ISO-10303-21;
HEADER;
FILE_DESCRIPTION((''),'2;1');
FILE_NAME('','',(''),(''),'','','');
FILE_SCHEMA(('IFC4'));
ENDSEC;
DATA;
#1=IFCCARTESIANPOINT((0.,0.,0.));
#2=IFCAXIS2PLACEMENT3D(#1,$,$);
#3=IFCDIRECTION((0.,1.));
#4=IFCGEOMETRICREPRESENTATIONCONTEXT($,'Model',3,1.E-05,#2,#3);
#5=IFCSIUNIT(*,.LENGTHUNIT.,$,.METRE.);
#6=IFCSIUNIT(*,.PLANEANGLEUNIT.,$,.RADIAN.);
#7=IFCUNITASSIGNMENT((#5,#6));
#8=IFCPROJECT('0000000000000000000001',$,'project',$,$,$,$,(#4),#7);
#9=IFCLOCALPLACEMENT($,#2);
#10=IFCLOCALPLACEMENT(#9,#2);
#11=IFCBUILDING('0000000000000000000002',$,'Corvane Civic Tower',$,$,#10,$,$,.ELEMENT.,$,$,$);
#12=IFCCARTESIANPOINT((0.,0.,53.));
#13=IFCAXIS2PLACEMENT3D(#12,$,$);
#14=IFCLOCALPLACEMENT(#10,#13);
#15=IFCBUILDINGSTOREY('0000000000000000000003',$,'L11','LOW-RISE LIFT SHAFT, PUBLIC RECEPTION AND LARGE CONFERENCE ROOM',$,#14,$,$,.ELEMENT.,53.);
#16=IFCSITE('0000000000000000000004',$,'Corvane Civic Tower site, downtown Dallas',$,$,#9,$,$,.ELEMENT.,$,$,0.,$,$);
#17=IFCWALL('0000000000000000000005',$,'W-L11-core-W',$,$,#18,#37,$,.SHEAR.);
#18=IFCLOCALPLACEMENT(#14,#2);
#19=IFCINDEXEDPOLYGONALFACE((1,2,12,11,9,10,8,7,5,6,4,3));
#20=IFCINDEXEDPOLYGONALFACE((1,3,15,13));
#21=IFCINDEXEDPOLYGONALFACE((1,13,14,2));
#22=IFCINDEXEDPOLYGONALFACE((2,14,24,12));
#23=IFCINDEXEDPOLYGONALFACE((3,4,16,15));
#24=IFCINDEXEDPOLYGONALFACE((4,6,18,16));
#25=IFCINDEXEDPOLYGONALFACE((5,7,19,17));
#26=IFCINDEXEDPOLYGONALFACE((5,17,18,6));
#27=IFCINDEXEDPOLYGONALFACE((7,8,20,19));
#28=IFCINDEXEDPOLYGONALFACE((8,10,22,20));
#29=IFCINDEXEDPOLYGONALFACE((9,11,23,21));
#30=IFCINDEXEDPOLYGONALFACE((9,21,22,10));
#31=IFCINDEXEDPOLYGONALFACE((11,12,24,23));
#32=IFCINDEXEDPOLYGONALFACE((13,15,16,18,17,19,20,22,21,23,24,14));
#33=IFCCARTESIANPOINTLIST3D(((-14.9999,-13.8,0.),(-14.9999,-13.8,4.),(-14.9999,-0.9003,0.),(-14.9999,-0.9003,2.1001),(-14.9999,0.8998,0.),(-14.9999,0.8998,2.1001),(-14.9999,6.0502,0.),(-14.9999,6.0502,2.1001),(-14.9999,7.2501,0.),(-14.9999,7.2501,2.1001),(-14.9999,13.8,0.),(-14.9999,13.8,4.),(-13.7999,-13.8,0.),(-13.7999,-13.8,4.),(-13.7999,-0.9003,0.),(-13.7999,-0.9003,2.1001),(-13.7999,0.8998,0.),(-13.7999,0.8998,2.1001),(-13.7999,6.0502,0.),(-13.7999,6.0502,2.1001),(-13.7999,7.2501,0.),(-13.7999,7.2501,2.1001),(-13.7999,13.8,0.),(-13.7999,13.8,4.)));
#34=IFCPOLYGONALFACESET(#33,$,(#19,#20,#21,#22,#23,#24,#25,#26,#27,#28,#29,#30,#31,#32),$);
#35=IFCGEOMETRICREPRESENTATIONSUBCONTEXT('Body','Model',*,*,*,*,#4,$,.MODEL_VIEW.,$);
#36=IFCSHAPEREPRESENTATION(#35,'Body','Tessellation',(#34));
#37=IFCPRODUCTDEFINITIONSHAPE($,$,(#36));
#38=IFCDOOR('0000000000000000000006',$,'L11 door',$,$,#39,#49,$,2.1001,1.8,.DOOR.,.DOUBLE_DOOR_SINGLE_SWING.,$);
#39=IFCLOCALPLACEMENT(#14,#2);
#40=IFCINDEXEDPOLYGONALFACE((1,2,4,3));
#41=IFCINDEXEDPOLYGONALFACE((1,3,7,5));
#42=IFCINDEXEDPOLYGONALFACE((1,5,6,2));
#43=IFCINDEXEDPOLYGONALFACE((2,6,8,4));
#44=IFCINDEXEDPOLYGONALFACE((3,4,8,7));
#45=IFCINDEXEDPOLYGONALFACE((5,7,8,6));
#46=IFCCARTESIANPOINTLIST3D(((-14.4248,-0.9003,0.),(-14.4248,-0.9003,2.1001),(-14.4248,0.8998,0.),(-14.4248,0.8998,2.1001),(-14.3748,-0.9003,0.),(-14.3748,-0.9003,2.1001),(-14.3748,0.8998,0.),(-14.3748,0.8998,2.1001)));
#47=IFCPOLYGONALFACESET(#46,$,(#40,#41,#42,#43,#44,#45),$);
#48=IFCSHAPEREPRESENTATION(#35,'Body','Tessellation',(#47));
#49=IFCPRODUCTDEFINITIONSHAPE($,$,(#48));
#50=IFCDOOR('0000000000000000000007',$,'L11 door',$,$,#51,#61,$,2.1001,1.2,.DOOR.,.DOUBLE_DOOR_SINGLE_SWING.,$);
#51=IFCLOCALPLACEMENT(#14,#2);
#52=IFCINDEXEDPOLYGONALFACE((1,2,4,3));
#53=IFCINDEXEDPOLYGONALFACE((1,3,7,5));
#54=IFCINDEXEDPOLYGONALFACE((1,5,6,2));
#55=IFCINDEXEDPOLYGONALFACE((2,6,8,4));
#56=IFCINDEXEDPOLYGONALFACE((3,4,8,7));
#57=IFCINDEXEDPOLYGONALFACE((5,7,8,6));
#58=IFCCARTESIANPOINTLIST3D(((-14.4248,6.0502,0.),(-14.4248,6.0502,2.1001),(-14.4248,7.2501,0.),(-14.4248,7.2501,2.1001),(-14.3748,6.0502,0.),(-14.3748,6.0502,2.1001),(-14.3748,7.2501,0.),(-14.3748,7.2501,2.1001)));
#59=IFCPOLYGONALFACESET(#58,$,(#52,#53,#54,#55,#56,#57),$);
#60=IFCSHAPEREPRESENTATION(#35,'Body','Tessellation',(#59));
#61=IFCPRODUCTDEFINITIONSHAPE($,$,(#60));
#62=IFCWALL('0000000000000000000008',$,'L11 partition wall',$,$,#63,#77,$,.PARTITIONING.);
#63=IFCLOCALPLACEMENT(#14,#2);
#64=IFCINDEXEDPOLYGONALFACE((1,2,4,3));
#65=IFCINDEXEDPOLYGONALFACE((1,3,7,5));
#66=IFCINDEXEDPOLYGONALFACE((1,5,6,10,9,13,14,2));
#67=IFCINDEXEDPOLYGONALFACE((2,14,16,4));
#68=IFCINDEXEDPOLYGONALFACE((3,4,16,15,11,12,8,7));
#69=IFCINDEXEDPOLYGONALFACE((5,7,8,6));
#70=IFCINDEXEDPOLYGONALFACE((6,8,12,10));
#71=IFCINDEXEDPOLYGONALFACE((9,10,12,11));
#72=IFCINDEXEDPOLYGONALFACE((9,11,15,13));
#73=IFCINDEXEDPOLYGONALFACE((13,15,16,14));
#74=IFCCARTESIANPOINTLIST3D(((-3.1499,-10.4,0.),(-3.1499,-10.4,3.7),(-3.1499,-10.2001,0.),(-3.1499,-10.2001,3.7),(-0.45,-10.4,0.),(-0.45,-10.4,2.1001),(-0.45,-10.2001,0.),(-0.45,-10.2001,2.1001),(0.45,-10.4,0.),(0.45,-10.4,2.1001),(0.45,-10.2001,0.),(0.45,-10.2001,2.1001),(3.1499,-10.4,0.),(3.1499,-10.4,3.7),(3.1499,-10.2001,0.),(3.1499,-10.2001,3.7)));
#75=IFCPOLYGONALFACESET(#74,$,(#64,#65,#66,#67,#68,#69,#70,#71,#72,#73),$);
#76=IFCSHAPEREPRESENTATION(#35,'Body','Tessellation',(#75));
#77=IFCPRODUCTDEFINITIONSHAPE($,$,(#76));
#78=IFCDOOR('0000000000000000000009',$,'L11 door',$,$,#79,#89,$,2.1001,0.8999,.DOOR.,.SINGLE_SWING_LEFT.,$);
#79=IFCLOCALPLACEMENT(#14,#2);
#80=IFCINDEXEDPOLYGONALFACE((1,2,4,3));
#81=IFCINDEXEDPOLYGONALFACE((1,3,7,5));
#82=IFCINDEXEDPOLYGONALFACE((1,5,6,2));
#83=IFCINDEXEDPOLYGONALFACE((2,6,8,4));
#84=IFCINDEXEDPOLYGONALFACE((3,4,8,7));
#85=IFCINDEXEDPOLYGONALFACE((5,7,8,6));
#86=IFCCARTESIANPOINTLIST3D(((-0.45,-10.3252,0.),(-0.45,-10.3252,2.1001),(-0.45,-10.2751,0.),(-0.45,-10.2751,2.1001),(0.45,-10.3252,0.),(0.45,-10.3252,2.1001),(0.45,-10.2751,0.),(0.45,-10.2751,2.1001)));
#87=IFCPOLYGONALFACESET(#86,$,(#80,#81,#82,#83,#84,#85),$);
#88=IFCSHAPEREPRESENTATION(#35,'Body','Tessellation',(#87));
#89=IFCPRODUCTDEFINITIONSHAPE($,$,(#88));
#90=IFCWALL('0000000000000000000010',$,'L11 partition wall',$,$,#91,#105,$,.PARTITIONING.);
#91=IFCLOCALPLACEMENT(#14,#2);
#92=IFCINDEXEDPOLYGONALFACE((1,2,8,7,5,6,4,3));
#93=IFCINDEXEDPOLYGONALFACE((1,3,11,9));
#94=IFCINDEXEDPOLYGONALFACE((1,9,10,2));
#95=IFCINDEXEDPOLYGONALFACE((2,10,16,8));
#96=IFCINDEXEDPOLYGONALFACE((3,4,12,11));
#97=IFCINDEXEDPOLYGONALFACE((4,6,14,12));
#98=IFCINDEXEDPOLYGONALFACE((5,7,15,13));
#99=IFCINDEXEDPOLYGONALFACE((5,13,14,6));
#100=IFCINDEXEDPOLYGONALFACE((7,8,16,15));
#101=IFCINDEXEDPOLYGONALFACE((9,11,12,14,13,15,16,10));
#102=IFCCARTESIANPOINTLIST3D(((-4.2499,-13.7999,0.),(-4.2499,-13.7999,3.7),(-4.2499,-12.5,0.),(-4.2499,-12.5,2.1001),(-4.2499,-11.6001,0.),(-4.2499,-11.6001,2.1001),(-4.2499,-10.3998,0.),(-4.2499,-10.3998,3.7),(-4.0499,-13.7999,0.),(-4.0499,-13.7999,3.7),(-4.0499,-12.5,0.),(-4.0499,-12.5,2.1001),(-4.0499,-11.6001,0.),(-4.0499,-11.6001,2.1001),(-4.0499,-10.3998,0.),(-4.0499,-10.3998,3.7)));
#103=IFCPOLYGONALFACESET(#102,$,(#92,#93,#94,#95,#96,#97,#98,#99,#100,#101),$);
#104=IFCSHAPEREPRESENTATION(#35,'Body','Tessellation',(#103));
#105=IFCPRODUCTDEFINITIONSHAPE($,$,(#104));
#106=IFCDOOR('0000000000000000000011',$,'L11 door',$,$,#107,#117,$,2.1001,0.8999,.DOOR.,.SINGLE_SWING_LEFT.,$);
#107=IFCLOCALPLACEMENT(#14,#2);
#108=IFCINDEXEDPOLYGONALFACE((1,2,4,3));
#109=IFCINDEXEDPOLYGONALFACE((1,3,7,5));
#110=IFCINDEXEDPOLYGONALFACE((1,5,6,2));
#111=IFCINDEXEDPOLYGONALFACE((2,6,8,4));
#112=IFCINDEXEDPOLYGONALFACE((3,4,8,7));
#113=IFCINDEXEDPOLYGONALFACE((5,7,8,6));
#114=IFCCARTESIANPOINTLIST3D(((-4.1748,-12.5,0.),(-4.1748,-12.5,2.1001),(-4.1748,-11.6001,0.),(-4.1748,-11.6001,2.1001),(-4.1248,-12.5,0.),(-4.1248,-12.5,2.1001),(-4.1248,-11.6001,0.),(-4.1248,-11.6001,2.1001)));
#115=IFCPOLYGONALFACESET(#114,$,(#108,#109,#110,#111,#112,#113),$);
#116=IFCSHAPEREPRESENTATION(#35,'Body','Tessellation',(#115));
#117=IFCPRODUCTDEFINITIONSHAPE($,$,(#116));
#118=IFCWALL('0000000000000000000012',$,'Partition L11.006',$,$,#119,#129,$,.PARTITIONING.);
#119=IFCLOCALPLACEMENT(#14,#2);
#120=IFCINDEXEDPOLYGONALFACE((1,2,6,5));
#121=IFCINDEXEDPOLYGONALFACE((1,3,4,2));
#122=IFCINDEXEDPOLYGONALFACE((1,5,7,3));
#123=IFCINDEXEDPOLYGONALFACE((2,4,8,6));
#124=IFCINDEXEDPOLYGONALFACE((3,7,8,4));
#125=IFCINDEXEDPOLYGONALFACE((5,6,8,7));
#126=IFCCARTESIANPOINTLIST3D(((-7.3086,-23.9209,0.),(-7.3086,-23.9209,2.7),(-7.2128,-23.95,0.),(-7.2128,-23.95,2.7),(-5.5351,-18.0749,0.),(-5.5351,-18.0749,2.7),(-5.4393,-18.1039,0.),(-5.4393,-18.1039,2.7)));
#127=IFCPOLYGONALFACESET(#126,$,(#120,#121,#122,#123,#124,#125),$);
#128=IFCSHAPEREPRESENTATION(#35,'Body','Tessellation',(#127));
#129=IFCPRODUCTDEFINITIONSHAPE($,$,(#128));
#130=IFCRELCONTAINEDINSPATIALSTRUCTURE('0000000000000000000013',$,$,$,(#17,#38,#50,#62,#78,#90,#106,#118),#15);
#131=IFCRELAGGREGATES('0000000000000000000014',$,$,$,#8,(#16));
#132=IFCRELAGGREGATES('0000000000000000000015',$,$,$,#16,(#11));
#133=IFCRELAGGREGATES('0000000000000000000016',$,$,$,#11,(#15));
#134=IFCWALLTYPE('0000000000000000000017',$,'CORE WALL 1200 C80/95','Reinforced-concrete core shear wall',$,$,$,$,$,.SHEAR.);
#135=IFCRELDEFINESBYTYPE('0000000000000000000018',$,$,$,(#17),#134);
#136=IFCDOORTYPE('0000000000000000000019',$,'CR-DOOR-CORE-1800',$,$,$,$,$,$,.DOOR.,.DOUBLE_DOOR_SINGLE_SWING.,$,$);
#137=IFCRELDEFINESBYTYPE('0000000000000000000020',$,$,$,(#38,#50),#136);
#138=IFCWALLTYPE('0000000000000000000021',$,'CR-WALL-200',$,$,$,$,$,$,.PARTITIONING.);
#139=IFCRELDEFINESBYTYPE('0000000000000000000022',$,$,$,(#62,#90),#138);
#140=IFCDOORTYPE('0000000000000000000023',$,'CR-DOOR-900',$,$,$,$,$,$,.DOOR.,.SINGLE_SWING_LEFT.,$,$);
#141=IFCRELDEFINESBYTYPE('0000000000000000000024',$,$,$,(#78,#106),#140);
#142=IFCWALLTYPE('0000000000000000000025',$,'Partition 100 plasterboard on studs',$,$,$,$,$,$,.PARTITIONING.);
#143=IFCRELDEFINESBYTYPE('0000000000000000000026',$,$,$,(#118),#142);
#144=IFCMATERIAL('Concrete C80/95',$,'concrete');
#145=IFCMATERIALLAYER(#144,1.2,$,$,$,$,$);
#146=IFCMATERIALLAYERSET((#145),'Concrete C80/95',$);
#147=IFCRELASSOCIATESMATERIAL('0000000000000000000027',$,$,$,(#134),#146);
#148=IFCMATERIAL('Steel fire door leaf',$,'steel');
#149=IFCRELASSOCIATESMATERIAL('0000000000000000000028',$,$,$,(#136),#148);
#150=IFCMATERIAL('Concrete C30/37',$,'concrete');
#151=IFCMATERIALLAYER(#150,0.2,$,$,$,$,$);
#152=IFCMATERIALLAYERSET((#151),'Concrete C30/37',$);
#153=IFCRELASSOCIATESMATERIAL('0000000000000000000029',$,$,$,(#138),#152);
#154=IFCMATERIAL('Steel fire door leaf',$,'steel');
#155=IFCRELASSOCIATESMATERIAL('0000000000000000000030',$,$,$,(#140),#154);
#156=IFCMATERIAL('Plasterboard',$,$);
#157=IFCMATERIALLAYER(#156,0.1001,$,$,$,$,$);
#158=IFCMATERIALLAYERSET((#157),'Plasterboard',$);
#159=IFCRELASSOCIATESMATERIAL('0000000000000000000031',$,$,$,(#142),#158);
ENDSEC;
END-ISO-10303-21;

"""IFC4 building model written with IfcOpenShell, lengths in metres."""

from ifc_helpers import new_model, si_unit, direction, frame, frame_2d, origin, place, context, subcontext, project, spatial, rectangle, extrude, material, layer, layer_set, type_object, element, fill, save


model = new_model("IFC4")

# Units and contexts
model_context = context("Model", 3, precision=1e-05, world=origin(), true_north=direction((0.0, 1.0)))
body_context = subcontext(model_context, "Body", "Model", "MODEL_VIEW")
ifc_project = project(units=[si_unit("LENGTHUNIT", "METRE"), si_unit("PLANEANGLEUNIT", "RADIAN")], contexts=[model_context])

# Site, building, storey
site_placement = place(None, origin())
site = spatial("IfcSite", under=ifc_project, at=site_placement, Name="Corvane Civic Tower site, downtown Dallas", CompositionType="ELEMENT", RefElevation=0.0)
building_placement = place(site_placement, origin())
building = spatial("IfcBuilding", under=site, at=building_placement, Name="Corvane Civic Tower", CompositionType="ELEMENT")
storey_placement = place(building_placement, frame((0.0, 0.0, 53.0)))
storey = spatial("IfcBuildingStorey", under=building, at=storey_placement, Name="L11", Description="LOW-RISE LIFT SHAFT, PUBLIC RECEPTION AND LARGE CONFERENCE ROOM", CompositionType="ELEMENT", Elevation=53.0)

# Shared definitions
ifc_material_1 = material(Name="Concrete C80/95", Category="concrete")
ifc_layer_1 = layer(ifc_material_1, 1.2)
ifc_layer_set_1 = layer_set([ifc_layer_1], Name="Concrete C80/95")
wall_type_1 = type_object("IfcWallType", Name="CORE WALL 1200 C80/95", Description="Reinforced-concrete core shear wall", PredefinedType="SHEAR", material=ifc_layer_set_1)

# Wall, openings, doors
wall_1_placement = place(storey_placement, frame((-14.3999, -13.8, 0.0), z_axis=(0.0, 0.0, 1.0), x_axis=(0.0, 1.0, 0.0)))
wall_1 = element("IfcWall", 1, at=wall_1_placement, inside=storey, type_object=wall_type_1, Name="W-L11-core-W", PredefinedType="SHEAR", context=body_context, shape_type="SweptSolid", body=[
    extrude(rectangle(XDim=27.6001, YDim=1.2, at=frame_2d((13.8, 0.0))), origin(), (0.0, 0.0, 1.0), 4.0),
])
opening_1_placement = place(wall_1_placement, frame((12.8999, 0.0, 0.0)))
opening_1 = element("IfcOpeningElement", 2, at=opening_1_placement, cuts=wall_1, PredefinedType="OPENING", context=body_context, shape_type="SweptSolid", body=[
    extrude(rectangle(XDim=1.8, YDim=2.1001, at=frame_2d((0.8999, 1.05))), frame((0.0, 0.6099, 0.0), z_axis=(0.0, -1.0, 0.0), x_axis=(1.0, 0.0, 0.0)), (0.0, 0.0, 1.0), 1.22),
])
opening_2_placement = place(wall_1_placement, frame((19.8501, 0.0, 0.0)))
opening_2 = element("IfcOpeningElement", 3, at=opening_2_placement, cuts=wall_1, PredefinedType="OPENING", context=body_context, shape_type="SweptSolid", body=[
    extrude(rectangle(XDim=1.2, YDim=2.1001, at=frame_2d((0.6001, 1.05))), frame((0.0, 0.6099, 0.0), z_axis=(0.0, -1.0, 0.0), x_axis=(1.0, 0.0, 0.0)), (0.0, 0.0, 1.0), 1.22),
])
ifc_material_2 = material(Name="Steel fire door leaf", Category="steel")
door_type_1 = type_object("IfcDoorType", Name="CR-DOOR-CORE-1800", OperationType="DOUBLE_DOOR_SINGLE_SWING", PredefinedType="DOOR", material=ifc_material_2)
door_1_placement = place(opening_1_placement, origin())
door_1 = element("IfcDoor", 4, at=door_1_placement, inside=storey, type_object=door_type_1, Name="L11 door", OperationType="DOUBLE_DOOR_SINGLE_SWING", OverallHeight=2.1001, OverallWidth=1.8, PredefinedType="DOOR", context=body_context, shape_type="SweptSolid", body=[
    extrude(rectangle(XDim=1.8, YDim=2.1001, at=frame_2d((0.8999, 1.05))), frame((0.0, 0.0249, 0.0), z_axis=(0.0, -1.0, 0.0), x_axis=(1.0, 0.0, 0.0)), (0.0, 0.0, 1.0), 0.05),
])
fill(opening_1, door_1)
door_2_placement = place(opening_2_placement, origin())
door_2 = element("IfcDoor", 5, at=door_2_placement, inside=storey, type_object=door_type_1, Name="L11 door", OperationType="DOUBLE_DOOR_SINGLE_SWING", OverallHeight=2.1001, OverallWidth=1.2, PredefinedType="DOOR", context=body_context, shape_type="SweptSolid", body=[
    extrude(rectangle(XDim=1.2, YDim=2.1001, at=frame_2d((0.6001, 1.05))), frame((0.0, 0.0249, 0.0), z_axis=(0.0, -1.0, 0.0), x_axis=(1.0, 0.0, 0.0)), (0.0, 0.0, 1.0), 0.05),
])
fill(opening_2, door_2)

# Walls, openings, doors
ifc_material_3 = material(Name="Concrete C30/37", Category="concrete")
ifc_layer_2 = layer(ifc_material_3, 0.2)
ifc_layer_set_2 = layer_set([ifc_layer_2], Name="Concrete C30/37")
wall_type_2 = type_object("IfcWallType", Name="CR-WALL-200", PredefinedType="PARTITIONING", material=ifc_layer_set_2)
wall_2_placement = place(storey_placement, frame((-3.1499, -10.3, 0.0), z_axis=(0.0, 0.0, 1.0), x_axis=(1.0, 0.0, 0.0)))
wall_2 = element("IfcWall", 6, at=wall_2_placement, inside=storey, type_object=wall_type_2, Name="L11 partition wall", PredefinedType="PARTITIONING", context=body_context, shape_type="SweptSolid", body=[
    extrude(rectangle(XDim=6.2998, YDim=0.2, at=frame_2d((3.1499, 0.0))), origin(), (0.0, 0.0, 1.0), 3.7),
])
opening_3_placement = place(wall_2_placement, frame((2.7, 0.0, 0.0)))
opening_3 = element("IfcOpeningElement", 7, at=opening_3_placement, cuts=wall_2, PredefinedType="OPENING", context=body_context, shape_type="SweptSolid", body=[
    extrude(rectangle(XDim=0.8999, YDim=2.1001, at=frame_2d((0.45, 1.05))), frame((0.0, 0.1099, 0.0), z_axis=(0.0, -1.0, 0.0), x_axis=(1.0, 0.0, 0.0)), (0.0, 0.0, 1.0), 0.22),
])
ifc_material_4 = material(Name="Steel fire door leaf", Category="steel")
door_type_2 = type_object("IfcDoorType", Name="CR-DOOR-900", OperationType="SINGLE_SWING_LEFT", PredefinedType="DOOR", material=ifc_material_4)
door_3_placement = place(opening_3_placement, origin())
door_3 = element("IfcDoor", 8, at=door_3_placement, inside=storey, type_object=door_type_2, Name="L11 door", OperationType="SINGLE_SWING_LEFT", OverallHeight=2.1001, OverallWidth=0.8999, PredefinedType="DOOR", context=body_context, shape_type="SweptSolid", body=[
    extrude(rectangle(XDim=0.8999, YDim=2.1001, at=frame_2d((0.45, 1.05))), frame((0.0, 0.0249, 0.0), z_axis=(0.0, -1.0, 0.0), x_axis=(1.0, 0.0, 0.0)), (0.0, 0.0, 1.0), 0.05),
])
fill(opening_3, door_3)
wall_3_placement = place(storey_placement, frame((-4.1499, -13.8, 0.0), z_axis=(0.0, 0.0, 1.0), x_axis=(0.0, 1.0, 0.0)))
wall_3 = element("IfcWall", 9, at=wall_3_placement, inside=storey, type_object=wall_type_2, Name="L11 partition wall", PredefinedType="PARTITIONING", context=body_context, shape_type="SweptSolid", body=[
    extrude(rectangle(XDim=3.4001, YDim=0.2, at=frame_2d((1.7002, 0.0))), origin(), (0.0, 0.0, 1.0), 3.7),
])
opening_4_placement = place(wall_3_placement, frame((1.3, 0.0, 0.0)))
opening_4 = element("IfcOpeningElement", 10, at=opening_4_placement, cuts=wall_3, PredefinedType="OPENING", context=body_context, shape_type="SweptSolid", body=[
    extrude(rectangle(XDim=0.8999, YDim=2.1001, at=frame_2d((0.45, 1.05))), frame((0.0, 0.1099, 0.0), z_axis=(0.0, -1.0, 0.0), x_axis=(1.0, 0.0, 0.0)), (0.0, 0.0, 1.0), 0.22),
])
door_4_placement = place(opening_4_placement, origin())
door_4 = element("IfcDoor", 11, at=door_4_placement, inside=storey, type_object=door_type_2, Name="L11 door", OperationType="SINGLE_SWING_LEFT", OverallHeight=2.1001, OverallWidth=0.8999, PredefinedType="DOOR", context=body_context, shape_type="SweptSolid", body=[
    extrude(rectangle(XDim=0.8999, YDim=2.1001, at=frame_2d((0.45, 1.05))), frame((0.0, 0.0249, 0.0), z_axis=(0.0, -1.0, 0.0), x_axis=(1.0, 0.0, 0.0)), (0.0, 0.0, 1.0), 0.05),
])
fill(opening_4, door_4)

# Wall
ifc_material_5 = material(Name="Plasterboard")
ifc_layer_3 = layer(ifc_material_5, 0.1001)
ifc_layer_set_3 = layer_set([ifc_layer_3], Name="Plasterboard")
wall_type_3 = type_object("IfcWallType", Name="Partition 100 plasterboard on studs", PredefinedType="PARTITIONING", material=ifc_layer_set_3)
wall_4_placement = place(storey_placement, frame((-7.2607, -23.9355, 0.0), z_axis=(0.0, 0.0, 1.0), x_axis=(0.290298, 0.956936, 0.0)))
element("IfcWall", 12, at=wall_4_placement, inside=storey, type_object=wall_type_3, Name="Partition L11.006", PredefinedType="PARTITIONING", context=body_context, shape_type="SweptSolid", body=[
    extrude(rectangle(XDim=6.1091, YDim=0.1001, at=frame_2d((3.0547, 0.0))), origin(), (0.0, 0.0, 1.0), 2.7),
])

save(model, "model.ifc")
